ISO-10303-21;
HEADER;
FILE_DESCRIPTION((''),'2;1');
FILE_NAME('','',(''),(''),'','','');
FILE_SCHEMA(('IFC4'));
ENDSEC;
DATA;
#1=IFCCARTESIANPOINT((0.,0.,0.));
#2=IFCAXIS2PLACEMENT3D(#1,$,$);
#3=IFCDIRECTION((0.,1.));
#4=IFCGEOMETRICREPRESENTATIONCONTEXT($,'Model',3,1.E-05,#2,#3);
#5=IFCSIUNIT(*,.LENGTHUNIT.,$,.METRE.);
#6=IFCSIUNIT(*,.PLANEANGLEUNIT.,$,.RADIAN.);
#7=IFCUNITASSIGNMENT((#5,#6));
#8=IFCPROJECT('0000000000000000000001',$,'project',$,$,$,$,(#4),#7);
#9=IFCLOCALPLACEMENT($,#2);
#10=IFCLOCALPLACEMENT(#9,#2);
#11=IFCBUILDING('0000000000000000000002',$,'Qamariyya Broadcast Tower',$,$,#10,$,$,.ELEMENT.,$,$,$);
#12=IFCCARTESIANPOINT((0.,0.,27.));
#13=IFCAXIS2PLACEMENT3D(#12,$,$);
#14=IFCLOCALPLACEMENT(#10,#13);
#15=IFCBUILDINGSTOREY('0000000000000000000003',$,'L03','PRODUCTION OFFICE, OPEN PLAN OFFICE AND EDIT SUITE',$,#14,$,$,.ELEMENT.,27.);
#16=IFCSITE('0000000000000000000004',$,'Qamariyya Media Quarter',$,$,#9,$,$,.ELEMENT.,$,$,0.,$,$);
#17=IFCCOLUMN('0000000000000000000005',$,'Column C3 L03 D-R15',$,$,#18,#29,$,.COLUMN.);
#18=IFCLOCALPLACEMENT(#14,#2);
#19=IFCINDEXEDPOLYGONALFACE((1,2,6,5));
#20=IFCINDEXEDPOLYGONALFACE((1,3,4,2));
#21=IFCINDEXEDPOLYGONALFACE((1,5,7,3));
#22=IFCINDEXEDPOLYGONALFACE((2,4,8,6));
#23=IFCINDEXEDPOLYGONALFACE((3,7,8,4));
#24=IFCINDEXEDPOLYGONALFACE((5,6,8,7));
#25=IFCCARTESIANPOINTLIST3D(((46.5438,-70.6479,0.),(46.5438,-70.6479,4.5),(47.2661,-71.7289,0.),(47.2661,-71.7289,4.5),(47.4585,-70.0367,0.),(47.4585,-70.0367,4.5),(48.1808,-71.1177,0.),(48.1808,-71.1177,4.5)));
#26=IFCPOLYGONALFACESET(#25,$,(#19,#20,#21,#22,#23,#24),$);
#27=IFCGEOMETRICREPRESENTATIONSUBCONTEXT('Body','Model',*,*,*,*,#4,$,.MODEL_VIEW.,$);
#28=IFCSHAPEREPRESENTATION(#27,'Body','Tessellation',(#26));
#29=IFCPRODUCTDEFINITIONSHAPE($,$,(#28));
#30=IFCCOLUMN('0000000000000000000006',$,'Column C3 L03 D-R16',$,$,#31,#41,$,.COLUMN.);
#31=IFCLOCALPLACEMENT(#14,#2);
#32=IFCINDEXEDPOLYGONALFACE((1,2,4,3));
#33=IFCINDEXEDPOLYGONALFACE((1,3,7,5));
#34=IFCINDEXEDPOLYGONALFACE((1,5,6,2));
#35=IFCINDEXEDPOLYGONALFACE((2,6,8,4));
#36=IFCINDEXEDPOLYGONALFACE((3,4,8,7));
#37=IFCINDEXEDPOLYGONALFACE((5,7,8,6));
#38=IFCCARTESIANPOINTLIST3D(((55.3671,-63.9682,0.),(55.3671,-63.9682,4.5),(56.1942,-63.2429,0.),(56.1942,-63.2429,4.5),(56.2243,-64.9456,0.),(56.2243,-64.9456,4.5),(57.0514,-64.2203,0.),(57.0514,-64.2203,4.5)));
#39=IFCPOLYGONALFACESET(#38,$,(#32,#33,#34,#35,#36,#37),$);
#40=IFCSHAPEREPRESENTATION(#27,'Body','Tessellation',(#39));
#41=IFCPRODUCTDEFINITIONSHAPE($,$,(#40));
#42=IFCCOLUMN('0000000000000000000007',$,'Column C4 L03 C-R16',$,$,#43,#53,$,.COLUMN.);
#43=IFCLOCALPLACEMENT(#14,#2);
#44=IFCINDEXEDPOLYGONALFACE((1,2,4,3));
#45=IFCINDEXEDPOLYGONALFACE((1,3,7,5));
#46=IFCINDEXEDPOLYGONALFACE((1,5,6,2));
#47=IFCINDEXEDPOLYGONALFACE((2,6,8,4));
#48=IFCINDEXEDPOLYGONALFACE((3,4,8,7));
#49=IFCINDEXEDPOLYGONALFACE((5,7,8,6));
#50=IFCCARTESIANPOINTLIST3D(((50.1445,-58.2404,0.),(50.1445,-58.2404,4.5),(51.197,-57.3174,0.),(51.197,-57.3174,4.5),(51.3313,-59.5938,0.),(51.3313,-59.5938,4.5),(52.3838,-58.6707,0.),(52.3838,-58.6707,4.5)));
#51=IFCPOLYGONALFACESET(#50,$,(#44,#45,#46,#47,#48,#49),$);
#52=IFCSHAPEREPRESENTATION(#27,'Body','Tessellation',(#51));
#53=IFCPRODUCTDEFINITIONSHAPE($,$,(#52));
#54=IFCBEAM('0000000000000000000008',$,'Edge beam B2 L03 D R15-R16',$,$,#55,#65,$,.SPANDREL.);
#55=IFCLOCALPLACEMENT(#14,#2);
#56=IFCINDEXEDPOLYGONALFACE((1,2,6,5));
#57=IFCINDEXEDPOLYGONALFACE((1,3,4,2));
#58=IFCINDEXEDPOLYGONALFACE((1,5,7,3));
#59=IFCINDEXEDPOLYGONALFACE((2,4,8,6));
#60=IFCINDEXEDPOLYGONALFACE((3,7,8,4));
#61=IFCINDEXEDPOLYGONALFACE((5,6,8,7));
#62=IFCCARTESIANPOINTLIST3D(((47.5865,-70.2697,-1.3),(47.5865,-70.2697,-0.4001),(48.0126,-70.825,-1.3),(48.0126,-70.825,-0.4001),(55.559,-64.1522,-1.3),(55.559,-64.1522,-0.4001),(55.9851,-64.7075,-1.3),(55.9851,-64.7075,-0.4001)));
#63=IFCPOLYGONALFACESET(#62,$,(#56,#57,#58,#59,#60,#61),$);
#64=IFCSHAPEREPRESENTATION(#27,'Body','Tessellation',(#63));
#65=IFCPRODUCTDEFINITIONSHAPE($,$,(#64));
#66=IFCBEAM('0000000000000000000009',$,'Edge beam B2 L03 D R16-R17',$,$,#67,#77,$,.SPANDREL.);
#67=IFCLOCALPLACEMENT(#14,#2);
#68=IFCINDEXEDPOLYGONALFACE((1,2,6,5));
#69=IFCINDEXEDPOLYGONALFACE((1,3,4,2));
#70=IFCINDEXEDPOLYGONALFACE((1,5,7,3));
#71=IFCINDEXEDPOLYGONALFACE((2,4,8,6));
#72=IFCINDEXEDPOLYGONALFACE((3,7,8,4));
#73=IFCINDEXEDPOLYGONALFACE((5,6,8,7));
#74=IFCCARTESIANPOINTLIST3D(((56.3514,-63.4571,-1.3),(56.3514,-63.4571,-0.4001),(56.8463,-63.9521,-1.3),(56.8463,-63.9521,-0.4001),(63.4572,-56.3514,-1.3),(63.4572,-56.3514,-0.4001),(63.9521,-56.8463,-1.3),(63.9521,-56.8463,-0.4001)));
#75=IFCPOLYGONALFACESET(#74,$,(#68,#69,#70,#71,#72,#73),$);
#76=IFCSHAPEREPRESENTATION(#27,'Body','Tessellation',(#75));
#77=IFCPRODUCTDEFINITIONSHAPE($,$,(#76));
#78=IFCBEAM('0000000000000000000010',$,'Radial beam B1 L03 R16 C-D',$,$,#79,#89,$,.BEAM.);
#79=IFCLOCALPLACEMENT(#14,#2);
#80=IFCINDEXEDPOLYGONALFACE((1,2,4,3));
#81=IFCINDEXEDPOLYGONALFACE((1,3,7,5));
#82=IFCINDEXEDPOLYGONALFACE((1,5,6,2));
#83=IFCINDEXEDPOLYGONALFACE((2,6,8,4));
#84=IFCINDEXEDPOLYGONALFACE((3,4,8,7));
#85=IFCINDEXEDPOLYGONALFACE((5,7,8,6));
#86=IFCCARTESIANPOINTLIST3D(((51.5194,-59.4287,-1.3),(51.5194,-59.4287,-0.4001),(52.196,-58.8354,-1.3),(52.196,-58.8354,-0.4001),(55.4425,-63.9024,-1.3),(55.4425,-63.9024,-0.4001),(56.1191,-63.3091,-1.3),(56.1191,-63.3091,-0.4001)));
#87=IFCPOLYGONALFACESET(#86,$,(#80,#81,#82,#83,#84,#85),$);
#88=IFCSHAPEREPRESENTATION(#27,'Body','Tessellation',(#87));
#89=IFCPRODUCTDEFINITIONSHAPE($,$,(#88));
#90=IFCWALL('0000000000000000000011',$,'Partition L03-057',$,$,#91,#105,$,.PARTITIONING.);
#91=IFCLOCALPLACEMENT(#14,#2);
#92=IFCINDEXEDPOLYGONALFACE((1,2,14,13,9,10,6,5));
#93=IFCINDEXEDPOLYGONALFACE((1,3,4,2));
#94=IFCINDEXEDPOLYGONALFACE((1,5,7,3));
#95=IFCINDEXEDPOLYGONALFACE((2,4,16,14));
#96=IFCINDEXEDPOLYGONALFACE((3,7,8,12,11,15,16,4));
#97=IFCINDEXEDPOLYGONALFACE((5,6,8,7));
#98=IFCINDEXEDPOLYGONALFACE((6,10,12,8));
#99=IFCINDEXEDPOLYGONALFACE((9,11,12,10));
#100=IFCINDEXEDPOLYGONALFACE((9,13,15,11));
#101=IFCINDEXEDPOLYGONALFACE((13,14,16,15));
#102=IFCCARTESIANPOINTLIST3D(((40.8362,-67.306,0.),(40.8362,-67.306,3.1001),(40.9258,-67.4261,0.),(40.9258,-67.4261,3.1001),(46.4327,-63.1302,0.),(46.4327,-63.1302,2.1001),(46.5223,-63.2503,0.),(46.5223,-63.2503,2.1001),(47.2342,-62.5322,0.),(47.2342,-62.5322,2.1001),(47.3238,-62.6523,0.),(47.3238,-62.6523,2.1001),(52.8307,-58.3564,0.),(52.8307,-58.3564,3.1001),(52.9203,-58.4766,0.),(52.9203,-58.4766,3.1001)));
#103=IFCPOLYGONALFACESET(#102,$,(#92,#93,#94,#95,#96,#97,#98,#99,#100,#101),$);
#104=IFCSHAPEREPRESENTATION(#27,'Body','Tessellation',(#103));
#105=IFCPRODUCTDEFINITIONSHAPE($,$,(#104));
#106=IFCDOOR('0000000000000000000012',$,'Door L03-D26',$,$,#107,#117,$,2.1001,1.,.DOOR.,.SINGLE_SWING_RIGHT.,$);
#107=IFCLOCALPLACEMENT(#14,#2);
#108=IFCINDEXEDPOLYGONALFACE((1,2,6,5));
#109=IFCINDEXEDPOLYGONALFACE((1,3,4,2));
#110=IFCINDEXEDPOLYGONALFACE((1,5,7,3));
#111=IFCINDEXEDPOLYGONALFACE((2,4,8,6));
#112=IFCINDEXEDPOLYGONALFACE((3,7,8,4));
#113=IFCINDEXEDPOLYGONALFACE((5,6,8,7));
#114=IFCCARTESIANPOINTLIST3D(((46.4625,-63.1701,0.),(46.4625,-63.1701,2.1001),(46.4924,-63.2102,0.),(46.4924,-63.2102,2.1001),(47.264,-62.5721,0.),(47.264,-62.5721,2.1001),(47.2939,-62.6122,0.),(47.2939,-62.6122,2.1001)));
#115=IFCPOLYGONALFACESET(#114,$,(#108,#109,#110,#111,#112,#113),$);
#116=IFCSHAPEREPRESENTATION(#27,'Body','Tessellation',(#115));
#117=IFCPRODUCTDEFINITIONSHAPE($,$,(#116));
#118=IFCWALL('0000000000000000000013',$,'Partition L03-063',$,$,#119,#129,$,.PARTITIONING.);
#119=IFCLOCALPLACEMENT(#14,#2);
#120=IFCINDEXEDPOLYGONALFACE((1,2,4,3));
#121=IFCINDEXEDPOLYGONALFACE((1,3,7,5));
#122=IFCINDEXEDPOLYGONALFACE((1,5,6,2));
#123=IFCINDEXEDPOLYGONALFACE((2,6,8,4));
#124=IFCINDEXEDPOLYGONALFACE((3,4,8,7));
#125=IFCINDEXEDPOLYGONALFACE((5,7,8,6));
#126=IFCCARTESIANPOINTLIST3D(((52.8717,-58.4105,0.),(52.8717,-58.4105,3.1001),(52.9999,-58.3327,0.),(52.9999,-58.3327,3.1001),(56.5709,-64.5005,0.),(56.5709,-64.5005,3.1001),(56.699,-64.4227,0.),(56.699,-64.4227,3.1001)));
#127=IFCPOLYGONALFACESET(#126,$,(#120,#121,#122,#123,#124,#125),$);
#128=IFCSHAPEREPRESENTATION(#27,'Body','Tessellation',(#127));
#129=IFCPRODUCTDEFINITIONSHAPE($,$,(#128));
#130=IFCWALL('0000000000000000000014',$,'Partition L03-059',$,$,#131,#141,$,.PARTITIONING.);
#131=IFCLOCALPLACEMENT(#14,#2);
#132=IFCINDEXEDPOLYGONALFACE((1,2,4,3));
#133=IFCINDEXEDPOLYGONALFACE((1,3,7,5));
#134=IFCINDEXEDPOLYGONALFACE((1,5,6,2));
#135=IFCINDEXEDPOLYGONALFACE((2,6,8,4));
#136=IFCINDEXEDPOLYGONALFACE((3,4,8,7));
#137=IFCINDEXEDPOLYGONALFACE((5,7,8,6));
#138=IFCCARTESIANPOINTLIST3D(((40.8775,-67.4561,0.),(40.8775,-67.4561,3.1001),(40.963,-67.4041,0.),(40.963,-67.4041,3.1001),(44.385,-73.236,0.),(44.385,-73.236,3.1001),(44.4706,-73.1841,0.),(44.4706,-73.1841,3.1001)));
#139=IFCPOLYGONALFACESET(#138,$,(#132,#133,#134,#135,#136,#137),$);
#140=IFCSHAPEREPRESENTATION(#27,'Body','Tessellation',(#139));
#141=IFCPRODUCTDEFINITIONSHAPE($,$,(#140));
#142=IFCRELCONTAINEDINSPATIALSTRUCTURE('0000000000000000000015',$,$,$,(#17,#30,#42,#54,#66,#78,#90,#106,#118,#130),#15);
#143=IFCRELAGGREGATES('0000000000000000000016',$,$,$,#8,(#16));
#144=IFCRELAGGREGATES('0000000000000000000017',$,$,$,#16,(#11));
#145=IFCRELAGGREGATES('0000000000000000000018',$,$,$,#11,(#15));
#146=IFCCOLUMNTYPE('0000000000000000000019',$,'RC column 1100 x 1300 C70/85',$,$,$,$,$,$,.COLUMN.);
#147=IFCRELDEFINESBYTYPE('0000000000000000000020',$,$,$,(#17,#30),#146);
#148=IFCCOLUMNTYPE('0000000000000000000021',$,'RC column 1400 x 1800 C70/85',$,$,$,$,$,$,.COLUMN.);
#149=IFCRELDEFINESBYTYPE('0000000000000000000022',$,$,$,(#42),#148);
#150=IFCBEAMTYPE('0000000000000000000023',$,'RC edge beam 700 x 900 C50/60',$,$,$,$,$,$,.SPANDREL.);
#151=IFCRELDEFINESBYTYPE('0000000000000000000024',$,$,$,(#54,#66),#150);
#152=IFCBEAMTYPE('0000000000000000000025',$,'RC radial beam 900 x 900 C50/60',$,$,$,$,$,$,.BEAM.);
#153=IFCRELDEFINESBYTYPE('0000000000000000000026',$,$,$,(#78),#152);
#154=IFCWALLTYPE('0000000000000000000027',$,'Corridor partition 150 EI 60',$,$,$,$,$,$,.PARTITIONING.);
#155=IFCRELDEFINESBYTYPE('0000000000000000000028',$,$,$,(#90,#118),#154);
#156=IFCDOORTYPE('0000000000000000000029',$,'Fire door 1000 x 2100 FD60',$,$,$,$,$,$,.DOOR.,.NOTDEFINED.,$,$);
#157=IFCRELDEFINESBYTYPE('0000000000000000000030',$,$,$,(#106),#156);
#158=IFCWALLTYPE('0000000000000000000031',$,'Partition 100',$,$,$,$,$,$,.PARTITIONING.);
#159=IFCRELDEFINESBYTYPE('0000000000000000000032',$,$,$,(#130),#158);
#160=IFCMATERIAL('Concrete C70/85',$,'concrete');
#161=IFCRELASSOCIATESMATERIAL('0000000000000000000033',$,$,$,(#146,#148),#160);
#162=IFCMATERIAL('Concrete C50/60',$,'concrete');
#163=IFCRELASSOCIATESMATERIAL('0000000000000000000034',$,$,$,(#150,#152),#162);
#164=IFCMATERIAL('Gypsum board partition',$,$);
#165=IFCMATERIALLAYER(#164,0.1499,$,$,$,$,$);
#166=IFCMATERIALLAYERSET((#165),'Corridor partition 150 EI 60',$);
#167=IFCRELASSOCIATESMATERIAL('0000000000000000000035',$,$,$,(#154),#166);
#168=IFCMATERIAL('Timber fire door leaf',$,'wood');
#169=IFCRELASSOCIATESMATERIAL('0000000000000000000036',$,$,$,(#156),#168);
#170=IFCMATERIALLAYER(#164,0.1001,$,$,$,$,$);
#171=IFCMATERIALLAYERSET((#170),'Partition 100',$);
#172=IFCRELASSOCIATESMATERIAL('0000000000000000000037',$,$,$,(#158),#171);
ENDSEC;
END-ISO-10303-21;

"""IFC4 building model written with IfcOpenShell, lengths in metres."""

from ifc_helpers import new_model, si_unit, direction, frame, frame_2d, origin, origin_2d, place, context, subcontext, project, spatial, rectangle, extrude, material, layer, layer_set, material_profile, profile_set, type_object, element, fill, save


model = new_model("IFC4")

# Units and contexts
model_context = context("Model", 3, precision=1e-05, world=origin(), true_north=direction((0.0, 1.0)))
body_context = subcontext(model_context, "Body", "Model", "MODEL_VIEW")
ifc_project = project(units=[si_unit("LENGTHUNIT", "METRE"), si_unit("PLANEANGLEUNIT", "RADIAN")], contexts=[model_context])

# Site, building, storey
site_placement = place(None, origin())
site = spatial("IfcSite", under=ifc_project, at=site_placement, Name="Qamariyya Media Quarter", CompositionType="ELEMENT", RefElevation=0.0)
building_placement = place(site_placement, origin())
building = spatial("IfcBuilding", under=site, at=building_placement, Name="Qamariyya Broadcast Tower", CompositionType="ELEMENT")
storey_placement = place(building_placement, frame((0.0, 0.0, 27.0)))
storey = spatial("IfcBuildingStorey", under=building, at=storey_placement, Name="L03", Description="PRODUCTION OFFICE, OPEN PLAN OFFICE AND EDIT SUITE", CompositionType="ELEMENT", Elevation=27.0)

# Columns
ifc_material_1 = material(Name="Concrete C70/85", Category="concrete")
ifc_material_profile_1 = material_profile(ifc_material_1, rectangle(XDim=1.1001, YDim=1.3, at=origin_2d()))
ifc_profile_set_1 = profile_set([ifc_material_profile_1], Name="Concrete C70/85")
column_type_1 = type_object("IfcColumnType", Name="RC column 1100 x 1300 C70/85", PredefinedType="COLUMN", material=ifc_profile_set_1)
for number, where, z_axis, x_axis, name in (
    (1, (47.3623, -70.8828, 0.0), (0.0, 0.0, 1.0), (0.83147, 0.55557, 0.0), "Column C3 L03 D-R15"),
    (2, (56.2092, -64.0942, 0.0), (0.0, 0.0, 1.0), (0.75184, 0.659346, 0.0), "Column C3 L03 D-R16"),
):
    element("IfcColumn", number, at=place(storey_placement, frame(where, z_axis=z_axis, x_axis=x_axis)), inside=storey, type_object=column_type_1, Name=name, PredefinedType="COLUMN", context=body_context, shape_type="SweptSolid", body=[
        extrude(rectangle(XDim=1.1001, YDim=1.3, at=origin_2d()), origin(), (0.0, 0.0, 1.0), 4.5),
    ])
ifc_material_profile_2 = material_profile(ifc_material_1, rectangle(XDim=1.3999, YDim=1.8, at=origin_2d()))
ifc_profile_set_2 = profile_set([ifc_material_profile_2], Name="Concrete C70/85")
column_type_2 = type_object("IfcColumnType", Name="RC column 1400 x 1800 C70/85", PredefinedType="COLUMN", material=ifc_profile_set_2)
column_placement = place(storey_placement, frame((51.2642, -58.4556, 0.0), z_axis=(0.0, 0.0, 1.0), x_axis=(0.75184, 0.659346, 0.0)))
element("IfcColumn", 3, at=column_placement, inside=storey, type_object=column_type_2, Name="Column C4 L03 C-R16", PredefinedType="COLUMN", context=body_context, shape_type="SweptSolid", body=[
    extrude(rectangle(XDim=1.3999, YDim=1.8, at=origin_2d()), origin(), (0.0, 0.0, 1.0), 4.5),
])

# Beams
ifc_material_2 = material(Name="Concrete C50/60", Category="concrete")
ifc_material_profile_3 = material_profile(ifc_material_2, rectangle(XDim=0.7, YDim=0.8999, at=origin_2d()))
ifc_profile_set_3 = profile_set([ifc_material_profile_3], Name="Concrete C50/60")
beam_type_1 = type_object("IfcBeamType", Name="RC edge beam 700 x 900 C50/60", PredefinedType="SPANDREL", material=ifc_profile_set_3)
for number, where, z_axis, x_axis, name in (
    (4, (47.7996, -70.5474, -0.8501), (0.793354, 0.60876, 0.0), (-0.60876, 0.793354, 0.0), "Edge beam B2 L03 D R15-R16"),
    (5, (56.5989, -63.7046, -0.8501), (0.707107, 0.707107, 0.0), (-0.707107, 0.707107, 0.0), "Edge beam B2 L03 D R16-R17"),
):
    element("IfcBeam", number, at=place(storey_placement, frame(where, z_axis=z_axis, x_axis=x_axis)), inside=storey, type_object=beam_type_1, Name=name, PredefinedType="SPANDREL", context=body_context, shape_type="SweptSolid", body=[
        extrude(rectangle(XDim=0.7, YDim=0.8999, at=origin_2d()), origin(), (0.0, 0.0, 1.0), 10.0491),
    ])
ifc_material_profile_4 = material_profile(ifc_material_2, rectangle(XDim=0.8999, YDim=0.8999, at=origin_2d()))
ifc_profile_set_4 = profile_set([ifc_material_profile_4], Name="Concrete C50/60")
beam_type_2 = type_object("IfcBeamType", Name="RC radial beam 900 x 900 C50/60", PredefinedType="BEAM", material=ifc_profile_set_4)
beam_placement = place(storey_placement, frame((51.8577, -59.1321, -0.8501), z_axis=(0.659329, -0.751854, 0.0), x_axis=(0.751854, 0.659329, 0.0)))
element("IfcBeam", 6, at=beam_placement, inside=storey, type_object=beam_type_2, Name="Radial beam B1 L03 R16 C-D", PredefinedType="BEAM", context=body_context, shape_type="SweptSolid", body=[
    extrude(rectangle(XDim=0.8999, YDim=0.8999, at=origin_2d()), origin(), (0.0, 0.0, 1.0), 5.9502),
])

# Wall, opening, door
ifc_material_3 = material(Name="Gypsum board partition")
ifc_layer_1 = layer(ifc_material_3, 0.1499)
ifc_layer_set_1 = layer_set([ifc_layer_1], Name="Corridor partition 150 EI 60")
wall_type_1 = type_object("IfcWallType", Name="Corridor partition 150 EI 60", PredefinedType="PARTITIONING", material=ifc_layer_set_1)
wall_1_placement = place(storey_placement, frame((52.8755, -58.4165, 0.0), z_axis=(0.0, 0.0, 1.0), x_axis=(-0.801483, -0.598017, 0.0)))
wall_1 = element("IfcWall", 7, at=wall_1_placement, inside=storey, type_object=wall_type_1, Name="Partition L03-057", PredefinedType="PARTITIONING", context=body_context, shape_type="SweptSolid", body=[
    extrude(rectangle(XDim=14.9653, YDim=0.1499, at=frame_2d((7.4827, 0.0))), origin(), (0.0, 0.0, 1.0), 3.1001),
])
opening_1_placement = place(wall_1_placement, frame((6.9827, 0.0, 0.0)))
opening_1 = element("IfcOpeningElement", 8, at=opening_1_placement, cuts=wall_1, PredefinedType="OPENING", context=body_context, shape_type="SweptSolid", body=[
    extrude(rectangle(XDim=1.0, YDim=2.1001, at=frame_2d((0.5, 1.05))), frame((0.0, 0.085, 0.0), z_axis=(0.0, -1.0, 0.0), x_axis=(1.0, 0.0, 0.0)), (0.0, 0.0, 1.0), 0.1699),
])
ifc_material_4 = material(Name="Timber fire door leaf", Category="wood")
door_type = type_object("IfcDoorType", Name="Fire door 1000 x 2100 FD60", OperationType="NOTDEFINED", PredefinedType="DOOR", material=ifc_material_4)
door_placement = place(opening_1_placement, origin())
door = element("IfcDoor", 9, at=door_placement, inside=storey, type_object=door_type, Name="Door L03-D26", OperationType="SINGLE_SWING_RIGHT", OverallHeight=2.1001, OverallWidth=1.0, PredefinedType="DOOR", context=body_context, shape_type="SweptSolid", body=[
    extrude(rectangle(XDim=1.0, YDim=2.1001, at=frame_2d((0.5, 1.05))), frame((0.0, 0.0249, 0.0), z_axis=(0.0, -1.0, 0.0), x_axis=(1.0, 0.0, 0.0)), (0.0, 0.0, 1.0), 0.05),
])
fill(opening_1, door)

# Walls
wall_2_placement = place(storey_placement, frame((52.9358, -58.3716, 0.0), z_axis=(0.0, 0.0, 1.0), x_axis=(0.519149, -0.854684, 0.0)))
element("IfcWall", 10, at=wall_2_placement, inside=storey, type_object=wall_type_1, Name="Partition L03-063", PredefinedType="PARTITIONING", context=body_context, shape_type="SweptSolid", body=[
    extrude(rectangle(XDim=7.1255, YDim=0.1499, at=frame_2d((3.5627, 0.0))), origin(), (0.0, 0.0, 1.0), 3.1001),
])
ifc_layer_2 = layer(ifc_material_3, 0.1001)
ifc_layer_set_2 = layer_set([ifc_layer_2], Name="Partition 100")
wall_type_2 = type_object("IfcWallType", Name="Partition 100", PredefinedType="PARTITIONING", material=ifc_layer_set_2)
wall_3_placement = place(storey_placement, frame((44.4277, -73.21, 0.0), z_axis=(0.0, 0.0, 1.0), x_axis=(-0.518791, 0.854901, 0.0)))
element("IfcWall", 11, at=wall_3_placement, inside=storey, type_object=wall_type_2, Name="Partition L03-059", PredefinedType="PARTITIONING", context=body_context, shape_type="SweptSolid", body=[
    extrude(rectangle(XDim=6.761, YDim=0.1001, at=frame_2d((3.3804, 0.0))), origin(), (0.0, 0.0, 1.0), 3.1001),
])

save(model, "model.ifc")
